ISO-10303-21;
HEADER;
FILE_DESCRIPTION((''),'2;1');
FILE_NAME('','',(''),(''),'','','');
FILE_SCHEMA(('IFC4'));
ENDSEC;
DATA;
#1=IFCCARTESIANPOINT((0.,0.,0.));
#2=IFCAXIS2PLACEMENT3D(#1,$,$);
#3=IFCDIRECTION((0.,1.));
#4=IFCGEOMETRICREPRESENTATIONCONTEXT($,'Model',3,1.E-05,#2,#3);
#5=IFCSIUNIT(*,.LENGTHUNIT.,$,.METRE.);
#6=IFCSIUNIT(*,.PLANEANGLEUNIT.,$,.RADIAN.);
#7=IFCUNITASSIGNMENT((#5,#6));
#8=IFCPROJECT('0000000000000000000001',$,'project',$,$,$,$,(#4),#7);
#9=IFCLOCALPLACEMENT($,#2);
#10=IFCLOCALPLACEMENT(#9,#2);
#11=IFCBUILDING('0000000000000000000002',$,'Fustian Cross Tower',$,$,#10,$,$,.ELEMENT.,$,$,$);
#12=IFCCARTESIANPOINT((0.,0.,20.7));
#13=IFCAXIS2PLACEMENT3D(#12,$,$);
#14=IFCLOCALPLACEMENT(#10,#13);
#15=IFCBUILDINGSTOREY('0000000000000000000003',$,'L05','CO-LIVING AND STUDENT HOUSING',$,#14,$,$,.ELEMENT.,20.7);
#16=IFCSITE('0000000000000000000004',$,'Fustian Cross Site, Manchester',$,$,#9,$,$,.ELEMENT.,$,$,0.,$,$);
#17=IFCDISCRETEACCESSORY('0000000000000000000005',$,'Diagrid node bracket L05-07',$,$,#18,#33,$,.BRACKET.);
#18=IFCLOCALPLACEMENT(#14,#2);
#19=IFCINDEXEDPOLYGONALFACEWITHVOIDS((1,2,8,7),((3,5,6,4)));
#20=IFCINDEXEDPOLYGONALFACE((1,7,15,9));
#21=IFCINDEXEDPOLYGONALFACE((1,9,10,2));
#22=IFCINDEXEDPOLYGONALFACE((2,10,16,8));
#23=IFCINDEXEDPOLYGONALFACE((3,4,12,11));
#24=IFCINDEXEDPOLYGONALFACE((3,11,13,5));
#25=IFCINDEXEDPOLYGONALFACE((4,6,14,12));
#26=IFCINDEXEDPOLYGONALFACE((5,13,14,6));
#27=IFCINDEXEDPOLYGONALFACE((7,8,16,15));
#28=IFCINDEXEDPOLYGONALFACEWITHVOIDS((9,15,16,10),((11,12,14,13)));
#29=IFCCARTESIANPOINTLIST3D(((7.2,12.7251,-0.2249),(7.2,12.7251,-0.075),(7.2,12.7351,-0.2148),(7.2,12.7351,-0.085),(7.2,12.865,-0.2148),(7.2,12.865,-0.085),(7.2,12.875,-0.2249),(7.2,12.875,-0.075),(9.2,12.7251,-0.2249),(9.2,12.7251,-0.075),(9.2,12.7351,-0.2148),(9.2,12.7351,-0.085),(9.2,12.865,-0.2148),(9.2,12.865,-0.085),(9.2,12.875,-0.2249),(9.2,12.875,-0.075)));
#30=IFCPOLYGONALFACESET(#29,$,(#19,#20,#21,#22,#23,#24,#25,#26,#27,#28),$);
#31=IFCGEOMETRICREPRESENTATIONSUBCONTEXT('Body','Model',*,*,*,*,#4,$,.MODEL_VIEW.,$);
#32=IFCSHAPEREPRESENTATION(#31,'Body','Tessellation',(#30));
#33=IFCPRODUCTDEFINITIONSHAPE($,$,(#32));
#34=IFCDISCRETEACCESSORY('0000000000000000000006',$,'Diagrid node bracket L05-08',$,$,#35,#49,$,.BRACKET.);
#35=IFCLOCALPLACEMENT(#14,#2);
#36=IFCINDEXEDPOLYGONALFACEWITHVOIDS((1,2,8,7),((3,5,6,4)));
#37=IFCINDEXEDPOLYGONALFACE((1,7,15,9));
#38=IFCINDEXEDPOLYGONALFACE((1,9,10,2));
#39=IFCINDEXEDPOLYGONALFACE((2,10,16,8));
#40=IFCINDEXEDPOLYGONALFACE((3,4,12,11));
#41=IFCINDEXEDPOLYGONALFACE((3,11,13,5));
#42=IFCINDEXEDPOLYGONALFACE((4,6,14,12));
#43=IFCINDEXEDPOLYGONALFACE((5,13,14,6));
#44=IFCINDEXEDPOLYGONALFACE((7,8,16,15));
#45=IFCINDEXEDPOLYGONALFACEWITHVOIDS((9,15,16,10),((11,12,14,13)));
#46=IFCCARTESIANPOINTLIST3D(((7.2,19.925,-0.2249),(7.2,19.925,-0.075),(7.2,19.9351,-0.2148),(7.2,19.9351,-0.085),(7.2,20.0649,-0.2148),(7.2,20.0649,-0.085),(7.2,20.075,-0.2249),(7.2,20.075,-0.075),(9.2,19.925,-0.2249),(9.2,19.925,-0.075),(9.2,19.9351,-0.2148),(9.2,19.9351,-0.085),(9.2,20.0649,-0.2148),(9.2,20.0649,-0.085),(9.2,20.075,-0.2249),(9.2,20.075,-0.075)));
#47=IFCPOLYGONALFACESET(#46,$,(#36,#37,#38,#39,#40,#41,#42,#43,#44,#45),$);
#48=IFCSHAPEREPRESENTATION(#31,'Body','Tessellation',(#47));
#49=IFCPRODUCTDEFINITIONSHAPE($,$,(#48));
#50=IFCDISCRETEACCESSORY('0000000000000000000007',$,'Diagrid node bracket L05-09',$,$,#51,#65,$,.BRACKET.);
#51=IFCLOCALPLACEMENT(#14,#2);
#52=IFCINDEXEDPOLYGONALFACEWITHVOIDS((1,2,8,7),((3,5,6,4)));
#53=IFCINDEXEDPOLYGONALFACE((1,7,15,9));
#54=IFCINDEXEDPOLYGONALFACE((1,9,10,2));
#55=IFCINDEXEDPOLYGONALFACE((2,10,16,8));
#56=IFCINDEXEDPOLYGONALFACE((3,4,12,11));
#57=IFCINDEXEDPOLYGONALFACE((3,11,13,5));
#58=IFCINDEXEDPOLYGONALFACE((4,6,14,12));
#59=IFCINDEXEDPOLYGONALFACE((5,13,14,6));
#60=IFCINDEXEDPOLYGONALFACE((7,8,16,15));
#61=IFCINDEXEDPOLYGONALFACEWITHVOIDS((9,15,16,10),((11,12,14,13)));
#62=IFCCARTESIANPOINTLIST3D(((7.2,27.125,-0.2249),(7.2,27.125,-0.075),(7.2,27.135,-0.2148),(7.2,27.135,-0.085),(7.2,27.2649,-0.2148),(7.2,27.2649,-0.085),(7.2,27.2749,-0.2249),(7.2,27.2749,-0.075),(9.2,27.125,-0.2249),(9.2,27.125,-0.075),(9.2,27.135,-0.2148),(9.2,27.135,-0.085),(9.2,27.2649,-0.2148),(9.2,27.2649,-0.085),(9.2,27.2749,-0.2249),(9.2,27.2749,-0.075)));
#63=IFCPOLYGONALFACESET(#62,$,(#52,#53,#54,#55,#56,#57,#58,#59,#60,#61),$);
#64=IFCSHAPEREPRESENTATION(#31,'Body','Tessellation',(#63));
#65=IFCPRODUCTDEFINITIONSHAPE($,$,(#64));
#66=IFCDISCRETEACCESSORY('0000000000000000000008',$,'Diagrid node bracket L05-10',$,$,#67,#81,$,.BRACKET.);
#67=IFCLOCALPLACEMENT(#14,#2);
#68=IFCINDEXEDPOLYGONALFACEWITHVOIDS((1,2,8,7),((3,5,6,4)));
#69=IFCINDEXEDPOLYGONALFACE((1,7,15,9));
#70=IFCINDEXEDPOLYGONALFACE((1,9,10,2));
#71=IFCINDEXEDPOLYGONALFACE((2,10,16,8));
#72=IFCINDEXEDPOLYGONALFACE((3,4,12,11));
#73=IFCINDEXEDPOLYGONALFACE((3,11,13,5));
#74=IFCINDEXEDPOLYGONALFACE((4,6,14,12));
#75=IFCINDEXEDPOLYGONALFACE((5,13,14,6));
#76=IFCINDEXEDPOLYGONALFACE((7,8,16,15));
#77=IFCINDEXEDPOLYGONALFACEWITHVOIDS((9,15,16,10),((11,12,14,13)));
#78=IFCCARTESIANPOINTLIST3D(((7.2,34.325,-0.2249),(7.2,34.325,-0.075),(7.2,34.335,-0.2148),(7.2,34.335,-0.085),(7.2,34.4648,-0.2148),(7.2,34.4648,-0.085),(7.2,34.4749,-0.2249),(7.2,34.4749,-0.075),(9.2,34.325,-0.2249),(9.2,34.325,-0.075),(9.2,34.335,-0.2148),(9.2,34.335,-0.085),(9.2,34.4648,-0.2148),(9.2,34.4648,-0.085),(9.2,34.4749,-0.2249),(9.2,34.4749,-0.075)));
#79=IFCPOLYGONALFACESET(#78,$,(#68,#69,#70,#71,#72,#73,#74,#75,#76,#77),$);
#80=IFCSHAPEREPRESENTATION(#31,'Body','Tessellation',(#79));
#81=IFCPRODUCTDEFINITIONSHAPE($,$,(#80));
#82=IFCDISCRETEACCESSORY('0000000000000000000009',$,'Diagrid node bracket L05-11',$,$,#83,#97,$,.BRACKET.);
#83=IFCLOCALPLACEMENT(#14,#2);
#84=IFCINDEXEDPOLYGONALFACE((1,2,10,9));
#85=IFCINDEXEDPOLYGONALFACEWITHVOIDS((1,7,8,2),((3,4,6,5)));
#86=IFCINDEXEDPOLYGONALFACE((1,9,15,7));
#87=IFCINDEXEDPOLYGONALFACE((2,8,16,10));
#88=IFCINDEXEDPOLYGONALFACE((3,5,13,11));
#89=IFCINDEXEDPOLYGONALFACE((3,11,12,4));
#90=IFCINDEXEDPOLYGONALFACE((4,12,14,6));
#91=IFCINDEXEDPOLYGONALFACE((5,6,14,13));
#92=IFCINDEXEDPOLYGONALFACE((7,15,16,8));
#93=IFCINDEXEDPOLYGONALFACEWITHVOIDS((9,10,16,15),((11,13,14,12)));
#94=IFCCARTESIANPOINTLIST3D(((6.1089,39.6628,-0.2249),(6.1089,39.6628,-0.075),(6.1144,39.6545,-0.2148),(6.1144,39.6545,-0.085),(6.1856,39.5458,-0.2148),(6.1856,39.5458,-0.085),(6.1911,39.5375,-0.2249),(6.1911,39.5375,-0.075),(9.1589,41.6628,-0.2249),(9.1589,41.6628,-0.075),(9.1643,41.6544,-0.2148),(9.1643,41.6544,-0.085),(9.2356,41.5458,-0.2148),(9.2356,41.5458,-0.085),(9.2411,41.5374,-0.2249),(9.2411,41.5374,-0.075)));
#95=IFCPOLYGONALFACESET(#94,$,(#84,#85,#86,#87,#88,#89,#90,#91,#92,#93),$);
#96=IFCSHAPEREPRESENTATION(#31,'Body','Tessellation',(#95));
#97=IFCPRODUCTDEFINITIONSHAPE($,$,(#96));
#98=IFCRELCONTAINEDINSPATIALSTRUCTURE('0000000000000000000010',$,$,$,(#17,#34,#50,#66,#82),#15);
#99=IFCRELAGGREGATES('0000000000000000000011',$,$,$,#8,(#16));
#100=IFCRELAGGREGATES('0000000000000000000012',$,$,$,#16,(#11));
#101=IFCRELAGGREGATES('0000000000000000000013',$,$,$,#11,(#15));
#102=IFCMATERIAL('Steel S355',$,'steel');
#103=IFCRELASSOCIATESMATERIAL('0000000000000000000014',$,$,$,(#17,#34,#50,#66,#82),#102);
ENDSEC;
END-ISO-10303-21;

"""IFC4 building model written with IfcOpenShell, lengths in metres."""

from ifc_helpers import new_model, si_unit, direction, frame, origin, origin_2d, place, context, subcontext, project, spatial, hollow_rectangle, extrude, material, element, save


model = new_model("IFC4")

# Units and contexts
model_context = context("Model", 3, precision=1e-05, world=origin(), true_north=direction((0.0, 1.0)))
body_context = subcontext(model_context, "Body", "Model", "MODEL_VIEW")
ifc_project = project(units=[si_unit("LENGTHUNIT", "METRE"), si_unit("PLANEANGLEUNIT", "RADIAN")], contexts=[model_context])

# Site, building, storey
site_placement = place(None, origin())
site = spatial("IfcSite", under=ifc_project, at=site_placement, Name="Fustian Cross Site, Manchester", CompositionType="ELEMENT", RefElevation=0.0)
building_placement = place(site_placement, origin())
building = spatial("IfcBuilding", under=site, at=building_placement, Name="Fustian Cross Tower", CompositionType="ELEMENT")
storey_placement = place(building_placement, frame((0.0, 0.0, 20.7)))
storey = spatial("IfcBuildingStorey", under=building, at=storey_placement, Name="L05", Description="CO-LIVING AND STUDENT HOUSING", CompositionType="ELEMENT", Elevation=20.7)

# Discrete accessories
ifc_material_1 = material(Name="Steel S355", Category="steel")
for number, where, z_axis, x_axis, name in (
    (1, (9.2, 12.8, -0.1499), (-1.0, 0.0, 0.0), (0.0, -1.0, 0.0), "Diagrid node bracket L05-07"),
    (2, (9.2, 20.0, -0.1499), (-1.0, 0.0, 0.0), (0.0, -1.0, 0.0), "Diagrid node bracket L05-08"),
    (3, (9.2, 27.2, -0.1499), (-1.0, 0.0, 0.0), (0.0, -1.0, 0.0), "Diagrid node bracket L05-09"),
    (4, (9.2, 34.3999, -0.1499), (-1.0, 0.0, 0.0), (0.0, -1.0, 0.0), "Diagrid node bracket L05-10"),
):
    element("IfcDiscreteAccessory", number, at=place(storey_placement, frame(where, z_axis=z_axis, x_axis=x_axis)), inside=storey, material=ifc_material_1, Name=name, PredefinedType="BRACKET", context=body_context, shape_type="SweptSolid", body=[
        extrude(hollow_rectangle(XDim=0.1499, YDim=0.1499, WallThickness=0.01, at=origin_2d()), origin(), (0.0, 0.0, 1.0), 2.0),
    ])
discrete_accessory_placement = place(storey_placement, frame((9.2, 41.6001, -0.1499), z_axis=(-0.836248, -0.548351, 0.0), x_axis=(0.548351, -0.836248, 0.0)))
element("IfcDiscreteAccessory", 5, at=discrete_accessory_placement, inside=storey, material=ifc_material_1, Name="Diagrid node bracket L05-11", PredefinedType="BRACKET", context=body_context, shape_type="SweptSolid", body=[
    extrude(hollow_rectangle(XDim=0.1499, YDim=0.1499, WallThickness=0.01, at=origin_2d()), origin(), (0.0, 0.0, 1.0), 3.6472),
])

save(model, "model.ifc")
